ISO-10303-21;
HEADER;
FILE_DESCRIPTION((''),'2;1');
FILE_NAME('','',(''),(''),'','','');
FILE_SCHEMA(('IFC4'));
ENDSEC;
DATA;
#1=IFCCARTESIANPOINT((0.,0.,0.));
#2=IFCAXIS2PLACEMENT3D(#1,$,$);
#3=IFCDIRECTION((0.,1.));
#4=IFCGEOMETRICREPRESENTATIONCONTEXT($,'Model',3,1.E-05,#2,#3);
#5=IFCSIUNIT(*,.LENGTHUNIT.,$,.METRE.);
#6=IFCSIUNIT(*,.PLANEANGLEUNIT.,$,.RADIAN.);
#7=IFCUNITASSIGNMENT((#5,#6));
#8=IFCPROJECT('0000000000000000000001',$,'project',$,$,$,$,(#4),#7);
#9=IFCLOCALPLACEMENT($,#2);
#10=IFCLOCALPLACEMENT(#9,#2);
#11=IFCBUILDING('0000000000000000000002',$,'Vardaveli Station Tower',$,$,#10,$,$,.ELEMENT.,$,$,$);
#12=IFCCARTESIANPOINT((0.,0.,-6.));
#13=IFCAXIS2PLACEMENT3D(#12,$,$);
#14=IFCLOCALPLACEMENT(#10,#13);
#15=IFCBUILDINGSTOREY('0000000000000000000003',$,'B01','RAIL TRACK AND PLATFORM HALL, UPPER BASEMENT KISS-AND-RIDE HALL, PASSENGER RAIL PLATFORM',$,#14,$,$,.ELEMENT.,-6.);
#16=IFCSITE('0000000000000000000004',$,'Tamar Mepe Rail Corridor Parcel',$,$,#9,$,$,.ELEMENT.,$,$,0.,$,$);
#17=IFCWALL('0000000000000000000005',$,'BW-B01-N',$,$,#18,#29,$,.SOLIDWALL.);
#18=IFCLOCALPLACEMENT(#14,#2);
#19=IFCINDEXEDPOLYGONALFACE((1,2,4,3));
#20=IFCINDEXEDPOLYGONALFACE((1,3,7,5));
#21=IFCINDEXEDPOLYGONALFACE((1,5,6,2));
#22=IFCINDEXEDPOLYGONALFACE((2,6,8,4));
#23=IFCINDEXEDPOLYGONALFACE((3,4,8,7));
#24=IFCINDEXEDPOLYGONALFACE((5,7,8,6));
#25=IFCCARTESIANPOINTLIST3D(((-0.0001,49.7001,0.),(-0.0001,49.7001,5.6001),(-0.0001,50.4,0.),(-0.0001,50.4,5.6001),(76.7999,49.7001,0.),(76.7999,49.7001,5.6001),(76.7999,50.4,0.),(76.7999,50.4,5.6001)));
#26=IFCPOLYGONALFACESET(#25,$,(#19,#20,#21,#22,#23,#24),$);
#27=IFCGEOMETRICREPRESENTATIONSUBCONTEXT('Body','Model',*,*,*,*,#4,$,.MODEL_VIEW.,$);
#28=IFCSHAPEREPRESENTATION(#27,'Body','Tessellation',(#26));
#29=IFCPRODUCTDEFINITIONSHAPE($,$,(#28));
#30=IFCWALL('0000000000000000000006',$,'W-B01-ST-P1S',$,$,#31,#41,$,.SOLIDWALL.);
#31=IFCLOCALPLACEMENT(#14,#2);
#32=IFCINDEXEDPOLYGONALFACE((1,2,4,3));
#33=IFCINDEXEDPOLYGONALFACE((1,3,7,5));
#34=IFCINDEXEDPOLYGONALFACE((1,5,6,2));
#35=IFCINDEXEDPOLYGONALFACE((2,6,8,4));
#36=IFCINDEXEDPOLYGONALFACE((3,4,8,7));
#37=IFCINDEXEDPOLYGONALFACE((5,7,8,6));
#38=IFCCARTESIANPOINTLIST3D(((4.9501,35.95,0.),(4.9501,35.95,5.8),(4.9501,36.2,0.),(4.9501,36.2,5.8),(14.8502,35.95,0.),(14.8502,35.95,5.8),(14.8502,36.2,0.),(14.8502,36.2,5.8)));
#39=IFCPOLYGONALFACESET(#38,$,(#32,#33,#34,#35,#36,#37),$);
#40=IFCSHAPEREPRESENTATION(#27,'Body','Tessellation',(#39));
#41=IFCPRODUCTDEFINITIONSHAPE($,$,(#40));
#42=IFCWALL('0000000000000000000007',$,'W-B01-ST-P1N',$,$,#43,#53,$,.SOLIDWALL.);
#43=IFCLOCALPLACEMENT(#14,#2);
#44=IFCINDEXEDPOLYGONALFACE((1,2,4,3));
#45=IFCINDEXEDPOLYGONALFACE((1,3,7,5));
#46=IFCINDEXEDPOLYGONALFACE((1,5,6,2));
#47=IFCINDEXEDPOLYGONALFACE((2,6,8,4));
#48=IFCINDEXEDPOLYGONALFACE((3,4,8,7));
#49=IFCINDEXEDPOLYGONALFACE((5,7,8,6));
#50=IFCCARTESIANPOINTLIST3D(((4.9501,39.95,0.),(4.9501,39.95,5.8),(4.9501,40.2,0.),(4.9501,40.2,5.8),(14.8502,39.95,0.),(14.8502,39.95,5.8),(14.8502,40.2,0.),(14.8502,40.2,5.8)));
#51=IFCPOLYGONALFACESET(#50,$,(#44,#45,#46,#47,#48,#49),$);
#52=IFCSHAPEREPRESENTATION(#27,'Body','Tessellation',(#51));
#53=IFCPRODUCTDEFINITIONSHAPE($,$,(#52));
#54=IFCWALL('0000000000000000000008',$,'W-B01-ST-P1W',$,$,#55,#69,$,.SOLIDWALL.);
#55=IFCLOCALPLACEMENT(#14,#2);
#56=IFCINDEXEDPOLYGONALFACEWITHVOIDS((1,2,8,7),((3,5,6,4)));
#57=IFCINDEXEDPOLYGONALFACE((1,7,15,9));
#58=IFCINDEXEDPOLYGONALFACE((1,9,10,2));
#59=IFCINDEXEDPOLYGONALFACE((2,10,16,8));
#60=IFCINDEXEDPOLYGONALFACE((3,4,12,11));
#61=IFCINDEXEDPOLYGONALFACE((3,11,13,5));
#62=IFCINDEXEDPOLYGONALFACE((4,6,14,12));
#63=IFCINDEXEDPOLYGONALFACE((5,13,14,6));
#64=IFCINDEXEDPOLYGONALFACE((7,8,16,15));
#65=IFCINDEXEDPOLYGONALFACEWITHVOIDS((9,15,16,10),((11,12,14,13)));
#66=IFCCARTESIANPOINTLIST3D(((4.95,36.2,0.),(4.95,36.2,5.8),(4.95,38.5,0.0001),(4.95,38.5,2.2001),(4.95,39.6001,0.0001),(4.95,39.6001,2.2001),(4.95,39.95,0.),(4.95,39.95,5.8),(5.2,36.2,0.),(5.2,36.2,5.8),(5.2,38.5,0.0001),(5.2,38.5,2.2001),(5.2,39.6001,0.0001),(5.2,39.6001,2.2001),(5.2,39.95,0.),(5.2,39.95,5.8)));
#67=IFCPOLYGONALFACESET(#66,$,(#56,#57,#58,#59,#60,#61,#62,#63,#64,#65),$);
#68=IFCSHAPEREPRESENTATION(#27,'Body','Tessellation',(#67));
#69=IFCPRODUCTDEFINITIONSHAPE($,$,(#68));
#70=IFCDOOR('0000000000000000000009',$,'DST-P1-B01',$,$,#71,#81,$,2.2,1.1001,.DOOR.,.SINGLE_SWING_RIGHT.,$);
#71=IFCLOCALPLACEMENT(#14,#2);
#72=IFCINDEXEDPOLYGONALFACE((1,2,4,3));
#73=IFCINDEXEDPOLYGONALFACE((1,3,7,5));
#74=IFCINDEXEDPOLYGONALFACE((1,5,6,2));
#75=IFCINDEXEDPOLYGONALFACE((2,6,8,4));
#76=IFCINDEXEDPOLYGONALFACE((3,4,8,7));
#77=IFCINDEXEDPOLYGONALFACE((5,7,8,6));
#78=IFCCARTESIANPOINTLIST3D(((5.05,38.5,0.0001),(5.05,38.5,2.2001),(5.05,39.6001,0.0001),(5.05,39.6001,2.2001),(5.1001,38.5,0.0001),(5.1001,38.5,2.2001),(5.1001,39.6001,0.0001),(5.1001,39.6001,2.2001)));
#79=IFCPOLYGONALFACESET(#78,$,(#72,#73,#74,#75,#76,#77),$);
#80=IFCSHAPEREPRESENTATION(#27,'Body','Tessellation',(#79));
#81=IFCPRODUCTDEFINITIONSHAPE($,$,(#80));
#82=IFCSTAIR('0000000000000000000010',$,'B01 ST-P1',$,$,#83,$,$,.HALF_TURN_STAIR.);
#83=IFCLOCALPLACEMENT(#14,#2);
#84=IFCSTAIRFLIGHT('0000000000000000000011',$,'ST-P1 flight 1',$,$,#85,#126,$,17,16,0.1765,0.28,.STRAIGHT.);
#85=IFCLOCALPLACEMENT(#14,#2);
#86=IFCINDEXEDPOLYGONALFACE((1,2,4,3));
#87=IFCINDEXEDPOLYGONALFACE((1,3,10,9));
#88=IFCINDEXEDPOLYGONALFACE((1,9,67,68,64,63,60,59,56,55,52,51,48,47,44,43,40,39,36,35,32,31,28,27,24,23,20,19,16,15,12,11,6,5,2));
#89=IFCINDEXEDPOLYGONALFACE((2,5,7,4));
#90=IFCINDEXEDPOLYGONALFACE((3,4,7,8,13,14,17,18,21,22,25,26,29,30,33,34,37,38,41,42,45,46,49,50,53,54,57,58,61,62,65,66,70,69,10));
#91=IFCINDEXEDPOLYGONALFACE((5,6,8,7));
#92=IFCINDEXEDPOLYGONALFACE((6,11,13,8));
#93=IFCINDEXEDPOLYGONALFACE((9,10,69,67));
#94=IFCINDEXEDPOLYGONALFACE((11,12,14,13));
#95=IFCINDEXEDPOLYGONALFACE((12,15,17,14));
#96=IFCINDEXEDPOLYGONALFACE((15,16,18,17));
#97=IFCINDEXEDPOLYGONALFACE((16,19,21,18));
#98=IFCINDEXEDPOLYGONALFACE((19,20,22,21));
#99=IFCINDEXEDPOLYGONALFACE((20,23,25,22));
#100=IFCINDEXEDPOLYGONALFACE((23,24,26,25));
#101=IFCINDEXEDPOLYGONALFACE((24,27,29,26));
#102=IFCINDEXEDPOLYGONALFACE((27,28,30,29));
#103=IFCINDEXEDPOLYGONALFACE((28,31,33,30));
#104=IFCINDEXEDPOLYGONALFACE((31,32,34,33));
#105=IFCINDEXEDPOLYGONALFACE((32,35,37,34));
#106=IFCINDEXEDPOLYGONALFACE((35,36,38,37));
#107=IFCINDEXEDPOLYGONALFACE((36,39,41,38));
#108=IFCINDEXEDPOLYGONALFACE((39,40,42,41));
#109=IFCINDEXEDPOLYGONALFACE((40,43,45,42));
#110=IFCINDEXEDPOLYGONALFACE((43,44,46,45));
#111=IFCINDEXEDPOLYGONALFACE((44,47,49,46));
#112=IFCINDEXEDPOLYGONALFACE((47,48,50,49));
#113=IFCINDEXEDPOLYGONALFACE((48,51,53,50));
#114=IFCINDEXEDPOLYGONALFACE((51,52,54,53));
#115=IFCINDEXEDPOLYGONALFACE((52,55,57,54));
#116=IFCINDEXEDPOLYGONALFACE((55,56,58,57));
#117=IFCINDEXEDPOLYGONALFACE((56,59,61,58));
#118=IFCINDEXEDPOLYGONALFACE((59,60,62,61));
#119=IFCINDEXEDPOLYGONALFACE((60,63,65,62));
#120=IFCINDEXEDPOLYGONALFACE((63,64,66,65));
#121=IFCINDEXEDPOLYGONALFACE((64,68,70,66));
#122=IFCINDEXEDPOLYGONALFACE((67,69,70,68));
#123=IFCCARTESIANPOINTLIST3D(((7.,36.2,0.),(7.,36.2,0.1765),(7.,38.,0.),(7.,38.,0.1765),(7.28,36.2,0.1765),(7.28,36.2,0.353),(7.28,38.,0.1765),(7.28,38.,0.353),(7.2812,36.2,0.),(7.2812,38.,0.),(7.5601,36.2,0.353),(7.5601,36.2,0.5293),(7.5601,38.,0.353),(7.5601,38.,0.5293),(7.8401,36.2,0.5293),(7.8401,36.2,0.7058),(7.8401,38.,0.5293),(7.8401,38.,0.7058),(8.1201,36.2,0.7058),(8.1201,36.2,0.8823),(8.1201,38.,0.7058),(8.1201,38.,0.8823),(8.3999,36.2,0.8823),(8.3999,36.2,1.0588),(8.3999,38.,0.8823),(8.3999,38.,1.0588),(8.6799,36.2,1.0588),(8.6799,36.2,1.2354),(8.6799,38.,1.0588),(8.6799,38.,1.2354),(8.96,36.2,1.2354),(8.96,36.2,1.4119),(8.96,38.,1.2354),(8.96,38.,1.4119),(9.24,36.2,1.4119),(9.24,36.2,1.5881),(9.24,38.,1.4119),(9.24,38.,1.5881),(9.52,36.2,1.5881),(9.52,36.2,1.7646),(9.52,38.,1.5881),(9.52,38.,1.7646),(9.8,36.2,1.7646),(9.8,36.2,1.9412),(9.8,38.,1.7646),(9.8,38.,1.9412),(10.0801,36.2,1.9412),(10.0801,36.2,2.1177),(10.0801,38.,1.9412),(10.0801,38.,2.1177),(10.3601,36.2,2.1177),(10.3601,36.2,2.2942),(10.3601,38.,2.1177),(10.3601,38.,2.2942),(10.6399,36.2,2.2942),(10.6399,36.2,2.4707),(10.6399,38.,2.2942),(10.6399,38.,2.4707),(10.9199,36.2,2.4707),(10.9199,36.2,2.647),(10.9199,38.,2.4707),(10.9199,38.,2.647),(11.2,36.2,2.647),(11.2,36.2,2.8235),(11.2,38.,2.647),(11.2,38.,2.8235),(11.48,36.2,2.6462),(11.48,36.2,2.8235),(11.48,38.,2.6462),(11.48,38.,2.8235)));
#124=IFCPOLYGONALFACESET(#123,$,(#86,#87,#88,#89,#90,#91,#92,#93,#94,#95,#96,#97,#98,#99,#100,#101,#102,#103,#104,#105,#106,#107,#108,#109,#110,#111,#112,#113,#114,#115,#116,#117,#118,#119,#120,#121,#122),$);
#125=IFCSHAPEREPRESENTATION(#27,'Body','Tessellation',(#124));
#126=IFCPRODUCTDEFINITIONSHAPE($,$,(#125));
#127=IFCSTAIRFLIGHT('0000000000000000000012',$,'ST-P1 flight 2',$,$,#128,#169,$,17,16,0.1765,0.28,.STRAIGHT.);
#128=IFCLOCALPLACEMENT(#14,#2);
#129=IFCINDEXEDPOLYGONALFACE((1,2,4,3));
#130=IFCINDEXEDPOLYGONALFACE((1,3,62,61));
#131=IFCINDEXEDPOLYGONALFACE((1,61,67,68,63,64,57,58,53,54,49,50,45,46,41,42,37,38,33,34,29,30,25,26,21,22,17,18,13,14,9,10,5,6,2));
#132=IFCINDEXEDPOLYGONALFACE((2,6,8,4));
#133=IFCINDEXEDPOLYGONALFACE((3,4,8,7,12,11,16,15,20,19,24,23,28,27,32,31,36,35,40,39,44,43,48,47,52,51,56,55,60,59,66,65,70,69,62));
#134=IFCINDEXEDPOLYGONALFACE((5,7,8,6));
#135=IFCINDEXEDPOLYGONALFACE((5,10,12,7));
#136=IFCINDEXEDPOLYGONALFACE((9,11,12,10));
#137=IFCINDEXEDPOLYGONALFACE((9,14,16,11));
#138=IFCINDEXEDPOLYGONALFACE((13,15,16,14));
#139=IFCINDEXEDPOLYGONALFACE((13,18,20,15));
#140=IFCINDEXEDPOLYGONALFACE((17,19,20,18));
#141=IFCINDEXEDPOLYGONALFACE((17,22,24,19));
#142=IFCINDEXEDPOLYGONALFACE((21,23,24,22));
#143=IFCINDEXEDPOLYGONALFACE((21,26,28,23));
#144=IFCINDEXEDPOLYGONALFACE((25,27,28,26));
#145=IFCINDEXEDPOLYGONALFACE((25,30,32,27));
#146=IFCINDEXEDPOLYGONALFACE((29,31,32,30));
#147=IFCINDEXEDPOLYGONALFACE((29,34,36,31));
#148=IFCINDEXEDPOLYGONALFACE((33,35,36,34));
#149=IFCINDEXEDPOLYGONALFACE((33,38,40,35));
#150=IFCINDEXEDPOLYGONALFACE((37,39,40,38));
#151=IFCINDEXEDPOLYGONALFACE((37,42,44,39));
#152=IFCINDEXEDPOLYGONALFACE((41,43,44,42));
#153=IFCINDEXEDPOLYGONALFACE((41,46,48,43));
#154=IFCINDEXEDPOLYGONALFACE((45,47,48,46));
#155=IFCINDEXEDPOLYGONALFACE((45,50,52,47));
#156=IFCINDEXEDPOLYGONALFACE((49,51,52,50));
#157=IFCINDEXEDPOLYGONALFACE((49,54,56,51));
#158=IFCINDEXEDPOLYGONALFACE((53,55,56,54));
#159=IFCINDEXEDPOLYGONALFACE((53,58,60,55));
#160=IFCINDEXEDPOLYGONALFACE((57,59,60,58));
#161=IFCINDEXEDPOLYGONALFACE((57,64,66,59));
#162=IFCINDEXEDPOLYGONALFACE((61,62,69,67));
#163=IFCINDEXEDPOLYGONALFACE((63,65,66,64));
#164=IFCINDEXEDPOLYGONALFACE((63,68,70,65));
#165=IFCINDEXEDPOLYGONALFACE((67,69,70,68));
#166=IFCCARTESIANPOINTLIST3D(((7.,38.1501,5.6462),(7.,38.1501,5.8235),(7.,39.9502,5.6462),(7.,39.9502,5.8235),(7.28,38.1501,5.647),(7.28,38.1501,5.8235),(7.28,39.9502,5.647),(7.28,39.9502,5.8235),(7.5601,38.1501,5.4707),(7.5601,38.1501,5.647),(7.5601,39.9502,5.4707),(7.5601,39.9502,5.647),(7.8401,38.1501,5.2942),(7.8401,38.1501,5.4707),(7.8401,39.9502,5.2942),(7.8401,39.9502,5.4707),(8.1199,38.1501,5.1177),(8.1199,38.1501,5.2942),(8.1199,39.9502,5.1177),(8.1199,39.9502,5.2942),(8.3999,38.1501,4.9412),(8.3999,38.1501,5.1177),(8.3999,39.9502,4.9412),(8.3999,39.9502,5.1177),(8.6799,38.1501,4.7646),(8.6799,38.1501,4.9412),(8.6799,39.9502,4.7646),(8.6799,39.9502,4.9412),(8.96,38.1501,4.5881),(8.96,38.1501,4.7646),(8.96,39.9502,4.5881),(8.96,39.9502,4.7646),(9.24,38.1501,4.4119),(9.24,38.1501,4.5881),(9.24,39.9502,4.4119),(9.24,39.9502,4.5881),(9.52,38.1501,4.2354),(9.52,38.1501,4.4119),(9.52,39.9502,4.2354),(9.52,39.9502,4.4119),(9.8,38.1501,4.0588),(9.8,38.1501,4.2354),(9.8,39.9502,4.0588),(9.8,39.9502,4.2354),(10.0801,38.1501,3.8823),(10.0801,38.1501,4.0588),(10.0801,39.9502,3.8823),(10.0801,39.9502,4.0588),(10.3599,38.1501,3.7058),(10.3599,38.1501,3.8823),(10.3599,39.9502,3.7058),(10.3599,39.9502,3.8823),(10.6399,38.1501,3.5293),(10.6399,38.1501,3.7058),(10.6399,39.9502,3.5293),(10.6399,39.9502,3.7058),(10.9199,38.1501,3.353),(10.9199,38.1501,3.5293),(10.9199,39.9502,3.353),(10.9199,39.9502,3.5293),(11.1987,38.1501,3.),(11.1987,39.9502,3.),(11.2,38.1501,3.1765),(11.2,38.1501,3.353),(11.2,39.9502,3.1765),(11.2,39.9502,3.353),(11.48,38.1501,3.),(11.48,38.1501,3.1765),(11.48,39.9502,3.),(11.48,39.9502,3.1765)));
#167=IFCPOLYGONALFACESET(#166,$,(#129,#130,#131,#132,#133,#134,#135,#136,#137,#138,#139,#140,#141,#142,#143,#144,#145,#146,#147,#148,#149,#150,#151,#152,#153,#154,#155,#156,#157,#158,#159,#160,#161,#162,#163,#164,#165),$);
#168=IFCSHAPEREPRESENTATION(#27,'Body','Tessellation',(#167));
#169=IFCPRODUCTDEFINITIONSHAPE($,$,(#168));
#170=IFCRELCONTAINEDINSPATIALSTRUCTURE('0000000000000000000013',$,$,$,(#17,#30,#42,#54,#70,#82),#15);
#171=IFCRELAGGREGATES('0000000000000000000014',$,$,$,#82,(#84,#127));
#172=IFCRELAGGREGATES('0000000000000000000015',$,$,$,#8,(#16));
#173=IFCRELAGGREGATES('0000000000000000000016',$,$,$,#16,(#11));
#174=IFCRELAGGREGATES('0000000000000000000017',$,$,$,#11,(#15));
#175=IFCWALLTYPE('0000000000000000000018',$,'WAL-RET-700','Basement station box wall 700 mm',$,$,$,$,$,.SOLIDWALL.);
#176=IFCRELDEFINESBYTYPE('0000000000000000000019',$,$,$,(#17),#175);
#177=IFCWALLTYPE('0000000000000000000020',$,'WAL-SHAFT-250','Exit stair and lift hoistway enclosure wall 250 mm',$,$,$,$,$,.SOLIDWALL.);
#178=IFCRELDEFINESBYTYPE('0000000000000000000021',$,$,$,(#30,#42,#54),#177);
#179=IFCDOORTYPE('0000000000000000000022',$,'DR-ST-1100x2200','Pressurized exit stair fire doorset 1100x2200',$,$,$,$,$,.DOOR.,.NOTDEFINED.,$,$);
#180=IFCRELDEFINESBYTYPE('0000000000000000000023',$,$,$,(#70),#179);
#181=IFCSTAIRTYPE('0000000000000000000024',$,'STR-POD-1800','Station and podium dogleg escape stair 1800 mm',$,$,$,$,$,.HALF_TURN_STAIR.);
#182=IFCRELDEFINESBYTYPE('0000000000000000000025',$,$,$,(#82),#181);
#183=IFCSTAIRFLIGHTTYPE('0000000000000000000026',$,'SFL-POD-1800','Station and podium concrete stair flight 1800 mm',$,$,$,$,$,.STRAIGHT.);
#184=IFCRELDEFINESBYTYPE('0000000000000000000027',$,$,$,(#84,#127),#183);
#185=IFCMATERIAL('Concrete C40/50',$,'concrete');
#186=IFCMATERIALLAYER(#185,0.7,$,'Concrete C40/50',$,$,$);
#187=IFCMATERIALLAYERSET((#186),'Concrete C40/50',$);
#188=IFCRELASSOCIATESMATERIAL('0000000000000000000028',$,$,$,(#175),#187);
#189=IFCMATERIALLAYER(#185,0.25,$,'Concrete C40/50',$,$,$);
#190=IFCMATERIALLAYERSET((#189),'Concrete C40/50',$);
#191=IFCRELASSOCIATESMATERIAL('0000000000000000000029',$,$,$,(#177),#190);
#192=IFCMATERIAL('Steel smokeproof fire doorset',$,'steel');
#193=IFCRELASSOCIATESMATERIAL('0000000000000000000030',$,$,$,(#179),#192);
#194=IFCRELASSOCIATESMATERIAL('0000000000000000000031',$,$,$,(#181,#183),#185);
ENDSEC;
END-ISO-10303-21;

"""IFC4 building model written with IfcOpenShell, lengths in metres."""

from ifc_helpers import new_model, si_unit, direction, frame, frame_2d, origin, place, context, subcontext, project, spatial, polyline, rectangle, outline, extrude, source, transform, mapped, material, layer, layer_set, type_object, element, fill, aggregate, save


model = new_model("IFC4")

# Units and contexts
model_context = context("Model", 3, precision=1e-05, world=origin(), true_north=direction((0.0, 1.0)))
body_context = subcontext(model_context, "Body", "Model", "MODEL_VIEW")
ifc_project = project(units=[si_unit("LENGTHUNIT", "METRE"), si_unit("PLANEANGLEUNIT", "RADIAN")], contexts=[model_context])

# Site, building, storey
site_placement = place(None, origin())
site = spatial("IfcSite", under=ifc_project, at=site_placement, Name="Tamar Mepe Rail Corridor Parcel", CompositionType="ELEMENT", RefElevation=0.0)
building_placement = place(site_placement, origin())
building = spatial("IfcBuilding", under=site, at=building_placement, Name="Vardaveli Station Tower", CompositionType="ELEMENT")
storey_placement = place(building_placement, frame((0.0, 0.0, -6.0)))
storey = spatial("IfcBuildingStorey", under=building, at=storey_placement, Name="B01", Description="RAIL TRACK AND PLATFORM HALL, UPPER BASEMENT KISS-AND-RIDE HALL, PASSENGER RAIL PLATFORM", CompositionType="ELEMENT", Elevation=-6.0)

# Walls
ifc_material_1 = material(Name="Concrete C40/50", Category="concrete")
ifc_layer_1 = layer(ifc_material_1, 0.7, Name="Concrete C40/50")
ifc_layer_set_1 = layer_set([ifc_layer_1], Name="Concrete C40/50")
wall_type_1 = type_object("IfcWallType", Name="WAL-RET-700", Description="Basement station box wall 700 mm", PredefinedType="SOLIDWALL", material=ifc_layer_set_1)
shared_shape_1 = source(origin(), body_context, "Body", "SweptSolid", [
    extrude(rectangle(XDim=76.8, YDim=0.7, at=frame_2d((38.3999, 0.0))), origin(), (0.0, 0.0, 1.0), 5.6001),
])
wall_1_placement = place(storey_placement, frame((0.0, 50.05, 0.0), z_axis=(0.0, 0.0, 1.0), x_axis=(1.0, 0.0, 0.0)))
element("IfcWall", 1, at=wall_1_placement, inside=storey, type_object=wall_type_1, Name="BW-B01-N", PredefinedType="SOLIDWALL", context=body_context, shape_type="MappedRepresentation", body=[
    mapped(shared_shape_1, transform((0.0, 0.0, 0.0), scale=1.0)),
])
ifc_layer_2 = layer(ifc_material_1, 0.25, Name="Concrete C40/50")
ifc_layer_set_2 = layer_set([ifc_layer_2], Name="Concrete C40/50")
wall_type_2 = type_object("IfcWallType", Name="WAL-SHAFT-250", Description="Exit stair and lift hoistway enclosure wall 250 mm", PredefinedType="SOLIDWALL", material=ifc_layer_set_2)
shared_shape_2 = source(origin(), body_context, "Body", "SweptSolid", [
    extrude(rectangle(XDim=9.9001, YDim=0.25, at=frame_2d((4.9502, 0.0))), origin(), (0.0, 0.0, 1.0), 5.8),
])
for number, where, z_axis, x_axis, name in (
    (2, (4.95, 36.075, 0.0), (0.0, 0.0, 1.0), (1.0, 0.0, 0.0), "W-B01-ST-P1S"),
    (3, (4.95, 40.075, 0.0), (0.0, 0.0, 1.0), (1.0, 0.0, 0.0), "W-B01-ST-P1N"),
):
    element("IfcWall", number, at=place(storey_placement, frame(where, z_axis=z_axis, x_axis=x_axis)), inside=storey, type_object=wall_type_2, Name=name, PredefinedType="SOLIDWALL", context=body_context, shape_type="MappedRepresentation", body=[
        mapped(shared_shape_2, transform((0.0, 0.0, 0.0), scale=1.0)),
    ])

# Wall, opening, door
shared_shape_3 = source(origin(), body_context, "Body", "SweptSolid", [
    extrude(rectangle(XDim=3.75, YDim=0.25, at=frame_2d((1.875, 0.0))), origin(), (0.0, 0.0, 1.0), 5.8),
])
wall_2_placement = place(storey_placement, frame((5.075, 36.2, 0.0), z_axis=(0.0, 0.0, 1.0), x_axis=(0.0, 1.0, 0.0)))
wall_2 = element("IfcWall", 4, at=wall_2_placement, inside=storey, type_object=wall_type_2, Name="W-B01-ST-P1W", PredefinedType="SOLIDWALL", context=body_context, shape_type="MappedRepresentation", body=[
    mapped(shared_shape_3, transform((0.0, 0.0, 0.0), scale=1.0)),
])
shared_shape_4 = source(origin(), body_context, "Body", "SweptSolid", [
    extrude(rectangle(XDim=1.1001, YDim=2.2, at=frame_2d((0.55, 1.1001))), frame((0.0, 0.135, 0.0), z_axis=(0.0, -1.0, 0.0), x_axis=(1.0, 0.0, 0.0)), (0.0, 0.0, 1.0), 0.27),
])
opening_placement = place(wall_2_placement, frame((2.3, 0.0, 0.0)))
opening = element("IfcOpeningElement", 5, at=opening_placement, cuts=wall_2, PredefinedType="OPENING", context=body_context, shape_type="MappedRepresentation", body=[
    mapped(shared_shape_4, transform((0.0, 0.0, 0.0), scale=1.0)),
])
ifc_material_2 = material(Name="Steel smokeproof fire doorset", Category="steel")
door_type = type_object("IfcDoorType", Name="DR-ST-1100x2200", Description="Pressurized exit stair fire doorset 1100x2200", OperationType="NOTDEFINED", PredefinedType="DOOR", material=ifc_material_2)
shared_shape_5 = source(origin(), body_context, "Body", "SweptSolid", [
    extrude(rectangle(XDim=1.1001, YDim=2.2, at=frame_2d((0.55, 1.1001))), frame((0.0, 0.0249, 0.0), z_axis=(0.0, -1.0, 0.0), x_axis=(1.0, 0.0, 0.0)), (0.0, 0.0, 1.0), 0.05),
])
door_placement = place(opening_placement, origin())
door = element("IfcDoor", 6, at=door_placement, inside=storey, type_object=door_type, Name="DST-P1-B01", OperationType="SINGLE_SWING_RIGHT", OverallHeight=2.2, OverallWidth=1.1001, PredefinedType="DOOR", context=body_context, shape_type="MappedRepresentation", body=[
    mapped(shared_shape_5, transform((0.0, 0.0, 0.0), scale=1.0)),
])
fill(opening, door)

# Stair, stair flights
stair_type = type_object("IfcStairType", Name="STR-POD-1800", Description="Station and podium dogleg escape stair 1800 mm", PredefinedType="HALF_TURN_STAIR", material=ifc_material_1)
stair_placement = place(storey_placement, origin())
stair = element("IfcStair", 7, at=stair_placement, inside=storey, type_object=stair_type, Name="B01 ST-P1", PredefinedType="HALF_TURN_STAIR")
stair_flight_type = type_object("IfcStairFlightType", Name="SFL-POD-1800", Description="Station and podium concrete stair flight 1800 mm", PredefinedType="STRAIGHT", material=ifc_material_1)
shared_shape_6 = source(origin(), body_context, "Body", "SweptSolid", [
    extrude(outline(polyline([(0.0, 0.0), (0.0, 0.1765), (0.28, 0.1765), (0.28, 0.353), (0.5601, 0.353), (0.5601, 0.5293), (0.8401, 0.5293), (0.8401, 0.7058), (1.1201, 0.7058), (1.1201, 0.8823), (1.3999, 0.8823), (1.3999, 1.0588), (1.6799, 1.0588), (1.6799, 1.2354), (1.96, 1.2354), (1.96, 1.4119), (2.24, 1.4119), (2.24, 1.5881), (2.52, 1.5881), (2.52, 1.7646), (2.8, 1.7646), (2.8, 1.9412), (3.0801, 1.9412), (3.0801, 2.1177), (3.3601, 2.1177), (3.3601, 2.2942), (3.6399, 2.2942), (3.6399, 2.4707), (3.9199, 2.4707), (3.9199, 2.647), (4.2, 2.647), (4.2, 2.8235), (4.48, 2.8235), (4.48, 3.0), (4.48, 2.6462), (0.2812, 0.0), (0.0, 0.0)])), frame((0.0, 0.8999, 0.0), z_axis=(0.0, -1.0, 0.0), x_axis=(1.0, 0.0, 0.0)), (0.0, 0.0, 1.0), 1.8),
])
stair_flight_1_placement = place(storey_placement, frame((7.0, 37.1001, 0.0), z_axis=(0.0, 0.0, 1.0), x_axis=(1.0, 0.0, 0.0)))
stair_flight_1 = element("IfcStairFlight", 8, at=stair_flight_1_placement, type_object=stair_flight_type, Name="ST-P1 flight 1", NumberOfRisers=17, NumberOfTreads=16, PredefinedType="STRAIGHT", RiserHeight=0.1765, TreadLength=0.28, context=body_context, shape_type="MappedRepresentation", body=[
    mapped(shared_shape_6, transform((0.0, 0.0, 0.0), scale=1.0)),
])
stair_flight_2_placement = place(storey_placement, frame((11.48, 39.05, 3.0), z_axis=(0.0, 0.0, 1.0), x_axis=(-1.0, 0.0, 0.0)))
stair_flight_2 = element("IfcStairFlight", 9, at=stair_flight_2_placement, type_object=stair_flight_type, Name="ST-P1 flight 2", NumberOfRisers=17, NumberOfTreads=16, PredefinedType="STRAIGHT", RiserHeight=0.1765, TreadLength=0.28, context=body_context, shape_type="MappedRepresentation", body=[
    mapped(shared_shape_6, transform((0.0, 0.0, 0.0), scale=1.0)),
])
aggregate(stair, [stair_flight_1, stair_flight_2])

save(model, "model.ifc")
